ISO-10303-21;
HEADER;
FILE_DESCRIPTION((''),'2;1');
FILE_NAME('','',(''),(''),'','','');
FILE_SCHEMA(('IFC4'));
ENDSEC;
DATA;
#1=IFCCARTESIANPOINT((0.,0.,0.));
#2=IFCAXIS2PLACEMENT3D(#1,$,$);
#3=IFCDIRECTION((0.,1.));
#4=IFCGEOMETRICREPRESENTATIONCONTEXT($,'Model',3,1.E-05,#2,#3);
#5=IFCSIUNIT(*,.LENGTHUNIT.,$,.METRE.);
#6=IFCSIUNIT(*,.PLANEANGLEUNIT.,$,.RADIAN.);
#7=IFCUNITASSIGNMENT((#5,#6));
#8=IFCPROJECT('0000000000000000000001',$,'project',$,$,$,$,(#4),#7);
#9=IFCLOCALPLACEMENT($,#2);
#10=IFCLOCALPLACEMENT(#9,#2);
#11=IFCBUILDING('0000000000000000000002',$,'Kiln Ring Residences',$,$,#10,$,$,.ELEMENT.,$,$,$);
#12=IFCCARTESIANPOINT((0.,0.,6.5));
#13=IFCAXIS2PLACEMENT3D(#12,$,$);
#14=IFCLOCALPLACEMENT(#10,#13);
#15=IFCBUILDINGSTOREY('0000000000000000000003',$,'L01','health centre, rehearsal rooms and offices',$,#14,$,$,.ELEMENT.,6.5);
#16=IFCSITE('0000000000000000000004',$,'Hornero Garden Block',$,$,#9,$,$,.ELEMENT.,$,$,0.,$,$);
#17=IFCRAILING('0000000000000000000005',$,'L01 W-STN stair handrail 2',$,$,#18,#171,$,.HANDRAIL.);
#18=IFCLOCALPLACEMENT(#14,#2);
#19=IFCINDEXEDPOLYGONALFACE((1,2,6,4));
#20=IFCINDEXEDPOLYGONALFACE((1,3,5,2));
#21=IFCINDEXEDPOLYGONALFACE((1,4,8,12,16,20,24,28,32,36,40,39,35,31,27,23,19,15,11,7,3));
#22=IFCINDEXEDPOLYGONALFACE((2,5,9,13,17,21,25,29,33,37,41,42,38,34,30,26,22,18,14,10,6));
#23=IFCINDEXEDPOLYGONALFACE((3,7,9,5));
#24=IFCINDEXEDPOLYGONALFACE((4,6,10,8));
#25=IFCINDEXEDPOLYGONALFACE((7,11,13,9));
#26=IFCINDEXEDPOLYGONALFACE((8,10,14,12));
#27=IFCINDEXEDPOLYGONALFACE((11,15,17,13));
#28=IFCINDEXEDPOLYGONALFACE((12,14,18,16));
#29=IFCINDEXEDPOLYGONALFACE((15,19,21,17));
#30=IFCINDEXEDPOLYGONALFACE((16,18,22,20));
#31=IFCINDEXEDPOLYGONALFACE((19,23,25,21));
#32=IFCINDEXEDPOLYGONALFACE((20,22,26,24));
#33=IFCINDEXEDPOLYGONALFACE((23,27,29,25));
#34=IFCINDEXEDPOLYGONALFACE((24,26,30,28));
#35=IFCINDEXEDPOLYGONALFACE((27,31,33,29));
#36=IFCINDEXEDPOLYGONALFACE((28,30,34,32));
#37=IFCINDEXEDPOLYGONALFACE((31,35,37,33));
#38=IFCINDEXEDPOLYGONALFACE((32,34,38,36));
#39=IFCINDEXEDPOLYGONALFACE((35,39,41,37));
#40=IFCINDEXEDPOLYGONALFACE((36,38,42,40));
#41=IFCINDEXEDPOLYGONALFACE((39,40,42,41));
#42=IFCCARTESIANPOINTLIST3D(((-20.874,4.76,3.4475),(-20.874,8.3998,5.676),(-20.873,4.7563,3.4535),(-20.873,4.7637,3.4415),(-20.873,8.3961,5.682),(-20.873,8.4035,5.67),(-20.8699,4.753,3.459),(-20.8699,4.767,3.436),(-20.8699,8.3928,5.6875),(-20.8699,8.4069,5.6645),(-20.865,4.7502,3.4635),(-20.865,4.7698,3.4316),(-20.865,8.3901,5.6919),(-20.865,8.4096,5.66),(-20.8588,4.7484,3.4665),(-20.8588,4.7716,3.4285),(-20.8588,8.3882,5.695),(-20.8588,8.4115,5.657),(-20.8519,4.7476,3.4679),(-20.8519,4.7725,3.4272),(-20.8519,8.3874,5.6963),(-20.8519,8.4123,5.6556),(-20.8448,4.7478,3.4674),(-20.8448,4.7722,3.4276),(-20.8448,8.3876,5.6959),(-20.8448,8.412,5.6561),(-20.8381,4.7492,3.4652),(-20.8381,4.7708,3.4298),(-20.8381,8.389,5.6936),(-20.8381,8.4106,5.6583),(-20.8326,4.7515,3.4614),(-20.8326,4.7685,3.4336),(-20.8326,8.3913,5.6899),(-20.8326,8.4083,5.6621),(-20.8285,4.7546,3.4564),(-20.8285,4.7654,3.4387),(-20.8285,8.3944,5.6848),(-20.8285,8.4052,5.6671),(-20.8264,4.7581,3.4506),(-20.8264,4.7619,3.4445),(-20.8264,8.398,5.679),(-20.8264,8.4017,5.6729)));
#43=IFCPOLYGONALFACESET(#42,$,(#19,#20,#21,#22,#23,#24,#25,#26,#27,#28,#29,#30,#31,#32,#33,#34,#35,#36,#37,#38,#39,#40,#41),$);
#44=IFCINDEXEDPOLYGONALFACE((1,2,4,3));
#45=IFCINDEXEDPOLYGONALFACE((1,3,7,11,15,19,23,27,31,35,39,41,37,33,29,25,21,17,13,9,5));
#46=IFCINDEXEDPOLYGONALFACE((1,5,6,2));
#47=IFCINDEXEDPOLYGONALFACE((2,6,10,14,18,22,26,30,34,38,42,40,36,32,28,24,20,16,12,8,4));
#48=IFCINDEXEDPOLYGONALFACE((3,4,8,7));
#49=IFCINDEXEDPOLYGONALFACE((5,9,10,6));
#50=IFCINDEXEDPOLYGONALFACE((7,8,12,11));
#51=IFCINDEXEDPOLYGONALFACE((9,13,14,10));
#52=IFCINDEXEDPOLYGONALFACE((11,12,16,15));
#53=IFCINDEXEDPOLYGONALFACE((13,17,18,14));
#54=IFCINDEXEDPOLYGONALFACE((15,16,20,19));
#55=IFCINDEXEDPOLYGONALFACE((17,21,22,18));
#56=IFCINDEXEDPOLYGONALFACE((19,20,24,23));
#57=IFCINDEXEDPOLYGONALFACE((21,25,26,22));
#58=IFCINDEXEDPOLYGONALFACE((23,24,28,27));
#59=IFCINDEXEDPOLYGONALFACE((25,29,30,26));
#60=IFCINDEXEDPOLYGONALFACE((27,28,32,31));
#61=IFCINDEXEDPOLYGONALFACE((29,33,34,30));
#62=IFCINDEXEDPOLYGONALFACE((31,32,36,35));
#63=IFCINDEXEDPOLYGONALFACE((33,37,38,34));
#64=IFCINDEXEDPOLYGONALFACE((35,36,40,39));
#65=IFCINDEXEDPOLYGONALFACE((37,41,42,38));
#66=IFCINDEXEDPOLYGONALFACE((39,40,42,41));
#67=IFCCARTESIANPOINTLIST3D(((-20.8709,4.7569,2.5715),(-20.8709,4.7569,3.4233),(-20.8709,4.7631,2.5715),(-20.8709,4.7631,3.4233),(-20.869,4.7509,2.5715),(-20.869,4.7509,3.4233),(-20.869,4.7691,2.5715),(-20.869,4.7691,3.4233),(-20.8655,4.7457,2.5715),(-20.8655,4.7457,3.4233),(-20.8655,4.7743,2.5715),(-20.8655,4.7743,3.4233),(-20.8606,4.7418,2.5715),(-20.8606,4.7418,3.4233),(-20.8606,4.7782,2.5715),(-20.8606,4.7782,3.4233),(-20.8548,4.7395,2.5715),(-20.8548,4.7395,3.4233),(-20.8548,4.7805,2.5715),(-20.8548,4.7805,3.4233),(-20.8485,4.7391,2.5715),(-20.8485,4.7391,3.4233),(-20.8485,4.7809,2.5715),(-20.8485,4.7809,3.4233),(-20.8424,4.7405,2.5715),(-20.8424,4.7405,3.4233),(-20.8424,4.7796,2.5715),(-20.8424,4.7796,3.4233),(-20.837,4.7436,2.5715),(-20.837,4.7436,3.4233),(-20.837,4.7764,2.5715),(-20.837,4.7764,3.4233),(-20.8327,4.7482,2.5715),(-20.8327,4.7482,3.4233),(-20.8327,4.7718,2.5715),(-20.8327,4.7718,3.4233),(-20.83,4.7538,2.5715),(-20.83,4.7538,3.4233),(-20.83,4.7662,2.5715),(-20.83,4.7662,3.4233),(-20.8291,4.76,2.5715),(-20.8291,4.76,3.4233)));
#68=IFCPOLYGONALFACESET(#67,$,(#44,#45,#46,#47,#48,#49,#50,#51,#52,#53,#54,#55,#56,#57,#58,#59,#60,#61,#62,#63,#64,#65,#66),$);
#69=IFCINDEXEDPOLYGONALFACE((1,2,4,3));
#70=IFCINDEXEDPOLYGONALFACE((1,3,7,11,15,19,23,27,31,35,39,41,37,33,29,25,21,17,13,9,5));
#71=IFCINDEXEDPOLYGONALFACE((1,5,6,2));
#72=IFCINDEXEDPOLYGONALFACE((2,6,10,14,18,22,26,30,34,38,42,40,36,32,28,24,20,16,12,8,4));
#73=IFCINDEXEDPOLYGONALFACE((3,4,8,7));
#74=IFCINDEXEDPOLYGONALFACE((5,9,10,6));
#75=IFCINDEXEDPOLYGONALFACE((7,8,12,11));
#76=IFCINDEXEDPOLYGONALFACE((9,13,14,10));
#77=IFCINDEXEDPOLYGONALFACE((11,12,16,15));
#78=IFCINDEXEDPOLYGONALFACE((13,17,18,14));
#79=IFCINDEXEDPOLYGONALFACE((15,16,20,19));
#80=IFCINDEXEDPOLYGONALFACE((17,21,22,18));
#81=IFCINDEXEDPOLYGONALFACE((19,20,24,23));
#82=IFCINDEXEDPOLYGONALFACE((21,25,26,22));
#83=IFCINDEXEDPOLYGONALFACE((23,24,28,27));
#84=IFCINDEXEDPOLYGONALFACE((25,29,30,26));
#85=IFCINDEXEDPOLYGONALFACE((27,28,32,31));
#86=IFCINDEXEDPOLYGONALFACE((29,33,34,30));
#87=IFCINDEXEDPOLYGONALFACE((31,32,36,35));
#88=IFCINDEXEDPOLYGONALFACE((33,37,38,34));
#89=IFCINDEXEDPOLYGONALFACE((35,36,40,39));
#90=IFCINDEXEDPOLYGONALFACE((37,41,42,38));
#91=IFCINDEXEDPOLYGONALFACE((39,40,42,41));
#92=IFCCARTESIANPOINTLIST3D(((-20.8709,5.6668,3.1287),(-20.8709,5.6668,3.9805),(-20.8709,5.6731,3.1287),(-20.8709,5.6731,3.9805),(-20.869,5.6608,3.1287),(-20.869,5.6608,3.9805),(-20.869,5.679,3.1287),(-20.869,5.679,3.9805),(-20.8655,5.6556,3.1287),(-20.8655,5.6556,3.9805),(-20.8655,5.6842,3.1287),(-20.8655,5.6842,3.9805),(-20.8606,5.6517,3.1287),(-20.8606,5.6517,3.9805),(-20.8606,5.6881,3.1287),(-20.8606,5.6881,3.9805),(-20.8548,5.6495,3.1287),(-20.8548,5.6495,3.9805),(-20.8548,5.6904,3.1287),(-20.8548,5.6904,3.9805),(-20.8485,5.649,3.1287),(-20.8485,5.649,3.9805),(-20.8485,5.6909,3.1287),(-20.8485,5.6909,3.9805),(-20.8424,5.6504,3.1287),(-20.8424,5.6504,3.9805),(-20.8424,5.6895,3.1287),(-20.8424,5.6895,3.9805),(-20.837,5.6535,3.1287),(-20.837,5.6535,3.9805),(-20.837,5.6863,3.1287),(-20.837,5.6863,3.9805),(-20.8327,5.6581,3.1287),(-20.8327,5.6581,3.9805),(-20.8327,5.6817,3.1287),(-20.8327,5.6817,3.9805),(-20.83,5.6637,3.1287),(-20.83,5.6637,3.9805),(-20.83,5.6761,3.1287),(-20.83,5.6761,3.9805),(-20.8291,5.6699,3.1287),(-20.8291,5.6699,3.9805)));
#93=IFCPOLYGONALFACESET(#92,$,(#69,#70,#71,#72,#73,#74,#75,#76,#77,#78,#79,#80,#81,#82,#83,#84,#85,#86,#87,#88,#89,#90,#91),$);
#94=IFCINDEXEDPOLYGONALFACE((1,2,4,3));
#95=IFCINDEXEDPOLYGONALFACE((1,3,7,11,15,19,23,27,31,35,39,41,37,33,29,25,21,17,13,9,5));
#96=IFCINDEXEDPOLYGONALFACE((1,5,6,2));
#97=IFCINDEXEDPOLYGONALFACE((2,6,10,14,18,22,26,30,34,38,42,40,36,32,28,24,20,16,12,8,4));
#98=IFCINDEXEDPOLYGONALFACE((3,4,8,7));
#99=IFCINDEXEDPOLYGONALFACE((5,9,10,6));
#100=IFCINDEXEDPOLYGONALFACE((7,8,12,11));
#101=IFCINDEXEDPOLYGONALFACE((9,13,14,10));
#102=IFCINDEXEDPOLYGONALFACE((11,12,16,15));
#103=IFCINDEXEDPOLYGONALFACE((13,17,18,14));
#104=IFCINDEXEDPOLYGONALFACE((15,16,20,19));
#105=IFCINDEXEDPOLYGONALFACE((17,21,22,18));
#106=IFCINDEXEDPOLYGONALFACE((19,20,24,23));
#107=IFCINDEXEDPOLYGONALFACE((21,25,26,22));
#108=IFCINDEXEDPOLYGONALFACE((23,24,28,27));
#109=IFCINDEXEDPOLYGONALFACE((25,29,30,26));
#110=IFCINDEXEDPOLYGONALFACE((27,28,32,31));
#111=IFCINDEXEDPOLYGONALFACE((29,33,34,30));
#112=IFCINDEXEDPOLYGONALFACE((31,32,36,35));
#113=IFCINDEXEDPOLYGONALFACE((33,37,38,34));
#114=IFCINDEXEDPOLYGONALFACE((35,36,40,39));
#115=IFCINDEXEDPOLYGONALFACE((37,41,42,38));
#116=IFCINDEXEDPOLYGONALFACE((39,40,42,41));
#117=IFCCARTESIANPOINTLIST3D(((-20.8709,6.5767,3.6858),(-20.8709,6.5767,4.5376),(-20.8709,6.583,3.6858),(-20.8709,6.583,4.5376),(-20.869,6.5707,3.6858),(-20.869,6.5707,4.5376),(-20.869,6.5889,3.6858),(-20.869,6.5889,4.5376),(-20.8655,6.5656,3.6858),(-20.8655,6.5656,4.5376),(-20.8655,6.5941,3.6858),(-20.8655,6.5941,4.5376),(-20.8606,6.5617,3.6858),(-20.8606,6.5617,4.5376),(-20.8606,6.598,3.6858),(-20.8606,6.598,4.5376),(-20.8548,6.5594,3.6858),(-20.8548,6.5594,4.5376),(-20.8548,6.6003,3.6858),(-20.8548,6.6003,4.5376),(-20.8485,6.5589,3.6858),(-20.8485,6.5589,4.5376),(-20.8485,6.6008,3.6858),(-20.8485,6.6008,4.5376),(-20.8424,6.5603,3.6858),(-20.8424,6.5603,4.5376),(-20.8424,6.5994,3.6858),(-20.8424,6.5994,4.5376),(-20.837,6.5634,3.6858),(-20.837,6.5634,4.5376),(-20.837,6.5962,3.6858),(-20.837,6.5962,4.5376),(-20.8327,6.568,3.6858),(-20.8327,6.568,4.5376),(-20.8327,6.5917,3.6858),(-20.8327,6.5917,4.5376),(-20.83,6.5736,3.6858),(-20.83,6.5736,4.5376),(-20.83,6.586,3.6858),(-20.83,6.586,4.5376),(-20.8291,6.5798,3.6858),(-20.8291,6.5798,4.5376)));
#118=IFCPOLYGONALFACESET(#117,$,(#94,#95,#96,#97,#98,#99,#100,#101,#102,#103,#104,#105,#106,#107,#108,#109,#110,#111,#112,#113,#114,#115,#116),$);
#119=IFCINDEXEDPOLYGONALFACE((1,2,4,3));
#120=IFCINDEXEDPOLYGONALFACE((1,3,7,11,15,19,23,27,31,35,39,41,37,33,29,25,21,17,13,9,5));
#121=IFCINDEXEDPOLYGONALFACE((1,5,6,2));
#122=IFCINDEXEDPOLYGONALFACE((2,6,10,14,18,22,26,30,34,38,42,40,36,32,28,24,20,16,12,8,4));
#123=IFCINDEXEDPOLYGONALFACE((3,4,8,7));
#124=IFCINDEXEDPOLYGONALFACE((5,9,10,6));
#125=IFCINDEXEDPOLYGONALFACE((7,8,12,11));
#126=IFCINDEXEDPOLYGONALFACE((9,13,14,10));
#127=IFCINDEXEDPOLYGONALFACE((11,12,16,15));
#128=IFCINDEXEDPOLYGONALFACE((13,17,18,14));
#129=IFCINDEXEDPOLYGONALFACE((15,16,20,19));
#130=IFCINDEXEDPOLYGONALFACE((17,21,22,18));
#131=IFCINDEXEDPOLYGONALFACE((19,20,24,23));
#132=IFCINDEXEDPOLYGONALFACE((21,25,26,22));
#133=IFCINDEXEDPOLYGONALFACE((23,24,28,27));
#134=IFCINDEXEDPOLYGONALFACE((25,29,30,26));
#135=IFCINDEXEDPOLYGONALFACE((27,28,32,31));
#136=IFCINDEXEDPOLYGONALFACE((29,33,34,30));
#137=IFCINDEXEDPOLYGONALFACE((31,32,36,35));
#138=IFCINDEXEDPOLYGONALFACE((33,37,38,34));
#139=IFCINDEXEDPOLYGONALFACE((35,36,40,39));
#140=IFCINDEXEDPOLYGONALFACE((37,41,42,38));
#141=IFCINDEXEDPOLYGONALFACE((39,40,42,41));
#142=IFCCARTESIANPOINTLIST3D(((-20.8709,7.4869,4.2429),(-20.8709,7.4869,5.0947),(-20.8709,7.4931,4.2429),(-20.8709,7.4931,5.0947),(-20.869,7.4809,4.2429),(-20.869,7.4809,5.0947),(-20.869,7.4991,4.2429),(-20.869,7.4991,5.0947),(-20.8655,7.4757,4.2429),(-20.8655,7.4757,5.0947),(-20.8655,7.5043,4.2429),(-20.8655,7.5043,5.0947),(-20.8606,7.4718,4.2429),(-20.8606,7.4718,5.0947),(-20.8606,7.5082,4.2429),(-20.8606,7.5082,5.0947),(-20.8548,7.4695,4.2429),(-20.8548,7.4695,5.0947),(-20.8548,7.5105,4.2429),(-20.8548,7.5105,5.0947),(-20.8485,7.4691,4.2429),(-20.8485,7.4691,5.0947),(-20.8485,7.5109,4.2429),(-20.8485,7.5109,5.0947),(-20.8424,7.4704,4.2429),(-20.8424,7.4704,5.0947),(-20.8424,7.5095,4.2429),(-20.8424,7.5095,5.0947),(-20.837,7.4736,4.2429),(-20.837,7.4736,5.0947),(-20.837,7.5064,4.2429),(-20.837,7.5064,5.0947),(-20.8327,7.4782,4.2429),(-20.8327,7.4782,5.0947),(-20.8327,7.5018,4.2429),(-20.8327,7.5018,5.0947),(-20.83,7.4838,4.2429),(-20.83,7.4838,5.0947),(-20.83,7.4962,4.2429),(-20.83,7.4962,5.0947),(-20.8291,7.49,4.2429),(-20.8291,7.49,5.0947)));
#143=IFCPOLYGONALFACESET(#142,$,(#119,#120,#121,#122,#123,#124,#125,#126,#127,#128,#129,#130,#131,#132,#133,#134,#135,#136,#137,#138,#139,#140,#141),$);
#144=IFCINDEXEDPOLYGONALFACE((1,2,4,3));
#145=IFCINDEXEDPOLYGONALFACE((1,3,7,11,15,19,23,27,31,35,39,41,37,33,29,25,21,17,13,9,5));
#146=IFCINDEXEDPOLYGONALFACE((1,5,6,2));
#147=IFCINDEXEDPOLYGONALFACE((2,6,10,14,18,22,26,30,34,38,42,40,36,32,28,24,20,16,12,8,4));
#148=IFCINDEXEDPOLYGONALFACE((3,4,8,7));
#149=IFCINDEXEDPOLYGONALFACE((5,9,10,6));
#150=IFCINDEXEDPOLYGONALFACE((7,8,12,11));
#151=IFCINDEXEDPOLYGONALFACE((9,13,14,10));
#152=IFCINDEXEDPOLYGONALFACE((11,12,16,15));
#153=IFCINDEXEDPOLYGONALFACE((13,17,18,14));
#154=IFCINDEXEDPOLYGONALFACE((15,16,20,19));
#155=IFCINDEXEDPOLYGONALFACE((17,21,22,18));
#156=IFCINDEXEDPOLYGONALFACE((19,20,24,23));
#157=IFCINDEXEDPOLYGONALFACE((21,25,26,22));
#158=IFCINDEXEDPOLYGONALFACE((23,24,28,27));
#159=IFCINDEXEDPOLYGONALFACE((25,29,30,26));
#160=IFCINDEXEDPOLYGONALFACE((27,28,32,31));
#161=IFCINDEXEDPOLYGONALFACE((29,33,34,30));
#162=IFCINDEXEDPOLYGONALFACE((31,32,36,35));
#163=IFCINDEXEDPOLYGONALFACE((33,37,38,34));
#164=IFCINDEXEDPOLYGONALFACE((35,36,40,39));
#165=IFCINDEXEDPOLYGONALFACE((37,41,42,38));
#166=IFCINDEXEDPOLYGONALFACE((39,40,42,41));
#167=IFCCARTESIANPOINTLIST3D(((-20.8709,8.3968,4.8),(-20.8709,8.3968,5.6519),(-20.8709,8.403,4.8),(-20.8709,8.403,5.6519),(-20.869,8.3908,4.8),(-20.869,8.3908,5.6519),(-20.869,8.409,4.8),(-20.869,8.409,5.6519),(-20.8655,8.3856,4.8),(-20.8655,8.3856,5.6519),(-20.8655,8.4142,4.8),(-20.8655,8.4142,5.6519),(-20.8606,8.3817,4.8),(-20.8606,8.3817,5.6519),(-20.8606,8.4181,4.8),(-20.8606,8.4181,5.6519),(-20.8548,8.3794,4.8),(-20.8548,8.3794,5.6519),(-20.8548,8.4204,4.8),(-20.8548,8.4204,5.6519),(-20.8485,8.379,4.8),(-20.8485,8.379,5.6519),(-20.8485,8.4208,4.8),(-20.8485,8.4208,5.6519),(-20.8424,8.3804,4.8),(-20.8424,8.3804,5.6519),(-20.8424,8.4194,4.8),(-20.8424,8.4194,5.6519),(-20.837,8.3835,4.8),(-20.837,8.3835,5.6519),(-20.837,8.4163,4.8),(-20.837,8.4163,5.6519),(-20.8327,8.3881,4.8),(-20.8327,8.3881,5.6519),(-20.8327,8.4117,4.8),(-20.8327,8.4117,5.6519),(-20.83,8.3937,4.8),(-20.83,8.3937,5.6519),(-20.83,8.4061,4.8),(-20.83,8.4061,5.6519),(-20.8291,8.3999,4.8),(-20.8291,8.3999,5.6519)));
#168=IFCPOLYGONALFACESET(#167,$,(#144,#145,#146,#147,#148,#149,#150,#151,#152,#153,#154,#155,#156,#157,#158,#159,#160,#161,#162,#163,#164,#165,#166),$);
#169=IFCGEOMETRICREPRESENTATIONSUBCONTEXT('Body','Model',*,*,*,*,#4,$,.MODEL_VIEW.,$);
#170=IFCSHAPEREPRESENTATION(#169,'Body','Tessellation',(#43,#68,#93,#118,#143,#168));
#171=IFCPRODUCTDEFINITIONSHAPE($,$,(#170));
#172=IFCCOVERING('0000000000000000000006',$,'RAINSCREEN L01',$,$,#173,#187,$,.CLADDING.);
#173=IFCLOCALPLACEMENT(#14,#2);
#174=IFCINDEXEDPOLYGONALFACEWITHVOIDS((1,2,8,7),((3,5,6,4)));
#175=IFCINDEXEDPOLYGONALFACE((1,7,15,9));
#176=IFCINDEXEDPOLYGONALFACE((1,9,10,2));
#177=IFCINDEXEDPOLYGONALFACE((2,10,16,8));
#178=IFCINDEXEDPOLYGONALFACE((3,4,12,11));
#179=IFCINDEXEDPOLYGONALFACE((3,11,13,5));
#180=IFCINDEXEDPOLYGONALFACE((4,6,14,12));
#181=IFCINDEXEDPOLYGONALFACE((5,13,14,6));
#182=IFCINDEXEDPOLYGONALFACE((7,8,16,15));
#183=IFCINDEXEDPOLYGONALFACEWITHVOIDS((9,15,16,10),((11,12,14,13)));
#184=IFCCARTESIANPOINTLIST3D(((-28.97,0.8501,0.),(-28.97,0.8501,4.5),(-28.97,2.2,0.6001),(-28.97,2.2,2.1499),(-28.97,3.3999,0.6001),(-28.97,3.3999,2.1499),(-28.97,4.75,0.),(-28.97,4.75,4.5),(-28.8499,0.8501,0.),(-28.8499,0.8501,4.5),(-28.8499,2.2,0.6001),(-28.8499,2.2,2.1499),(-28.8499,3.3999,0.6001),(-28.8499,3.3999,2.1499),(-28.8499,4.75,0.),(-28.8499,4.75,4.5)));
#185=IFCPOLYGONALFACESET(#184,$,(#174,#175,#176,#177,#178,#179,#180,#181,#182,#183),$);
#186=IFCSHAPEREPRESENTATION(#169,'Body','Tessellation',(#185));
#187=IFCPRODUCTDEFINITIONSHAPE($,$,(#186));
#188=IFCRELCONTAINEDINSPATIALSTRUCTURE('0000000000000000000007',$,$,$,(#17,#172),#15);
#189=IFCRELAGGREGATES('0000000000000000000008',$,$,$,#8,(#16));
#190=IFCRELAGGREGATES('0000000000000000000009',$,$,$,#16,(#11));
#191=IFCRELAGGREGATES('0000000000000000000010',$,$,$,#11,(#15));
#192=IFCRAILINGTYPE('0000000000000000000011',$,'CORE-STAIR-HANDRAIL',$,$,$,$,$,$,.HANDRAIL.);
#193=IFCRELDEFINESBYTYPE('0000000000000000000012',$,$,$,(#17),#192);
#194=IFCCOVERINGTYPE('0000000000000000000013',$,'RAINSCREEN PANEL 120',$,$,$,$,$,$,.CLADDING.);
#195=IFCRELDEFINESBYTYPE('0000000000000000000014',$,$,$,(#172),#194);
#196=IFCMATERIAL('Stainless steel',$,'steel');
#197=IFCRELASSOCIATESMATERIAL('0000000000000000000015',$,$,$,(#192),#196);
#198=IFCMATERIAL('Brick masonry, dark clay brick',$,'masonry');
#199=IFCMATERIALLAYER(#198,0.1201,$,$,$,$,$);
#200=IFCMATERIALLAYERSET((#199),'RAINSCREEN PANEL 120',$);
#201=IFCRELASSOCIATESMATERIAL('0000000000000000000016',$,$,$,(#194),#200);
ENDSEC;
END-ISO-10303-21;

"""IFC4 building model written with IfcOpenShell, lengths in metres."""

from ifc_helpers import new_model, si_unit, direction, frame, origin, origin_2d, place, context, subcontext, project, spatial, polyline, circle, outline, extrude, material, layer, layer_set, type_object, element, save


model = new_model("IFC4")

# Units and contexts
model_context = context("Model", 3, precision=1e-05, world=origin(), true_north=direction((0.0, 1.0)))
body_context = subcontext(model_context, "Body", "Model", "MODEL_VIEW")
ifc_project = project(units=[si_unit("LENGTHUNIT", "METRE"), si_unit("PLANEANGLEUNIT", "RADIAN")], contexts=[model_context])

# Site, building, storey
site_placement = place(None, origin())
site = spatial("IfcSite", under=ifc_project, at=site_placement, Name="Hornero Garden Block", CompositionType="ELEMENT", RefElevation=0.0)
building_placement = place(site_placement, origin())
building = spatial("IfcBuilding", under=site, at=building_placement, Name="Kiln Ring Residences", CompositionType="ELEMENT")
storey_placement = place(building_placement, frame((0.0, 0.0, 6.5)))
storey = spatial("IfcBuildingStorey", under=building, at=storey_placement, Name="L01", Description="health centre, rehearsal rooms and offices", CompositionType="ELEMENT", Elevation=6.5)

# Railing
ifc_material_1 = material(Name="Stainless steel", Category="steel")
railing_type_1 = type_object("IfcRailingType", Name="CORE-STAIR-HANDRAIL", PredefinedType="HANDRAIL", material=ifc_material_1)
railing_1_placement = place(storey_placement, frame((-20.8501, 4.76, 2.5715)))
element("IfcRailing", 1, at=railing_1_placement, inside=storey, type_object=railing_type_1, Name="L01 W-STN stair handrail 2", PredefinedType="HANDRAIL", context=body_context, shape_type="SweptSolid", body=[
    extrude(circle(Radius=0.0239, at=origin_2d()), frame((0.0, 0.0, 0.876), z_axis=(0.0, 0.85285, 0.522156), x_axis=(-1.0, 0.0, 0.0)), (0.0, 0.0, 1.0), 4.2678),
    extrude(circle(Radius=0.021, at=origin_2d()), origin(), (0.0, 0.0, 1.0), 0.8518),
    extrude(circle(Radius=0.021, at=origin_2d()), frame((0.0, 0.9099, 0.5571)), (0.0, 0.0, 1.0), 0.8518),
    extrude(circle(Radius=0.021, at=origin_2d()), frame((0.0, 1.8198, 1.1143)), (0.0, 0.0, 1.0), 0.8518),
    extrude(circle(Radius=0.021, at=origin_2d()), frame((0.0, 2.73, 1.6714)), (0.0, 0.0, 1.0), 0.8518),
    extrude(circle(Radius=0.021, at=origin_2d()), frame((0.0, 3.6399, 2.2285)), (0.0, 0.0, 1.0), 0.8518),
])

# Covering
ifc_material_2 = material(Name="Brick masonry, dark clay brick", Category="masonry")
ifc_layer_1 = layer(ifc_material_2, 0.1201)
ifc_layer_set_1 = layer_set([ifc_layer_1], Name="RAINSCREEN PANEL 120")
covering_type = type_object("IfcCoveringType", Name="RAINSCREEN PANEL 120", PredefinedType="CLADDING", material=ifc_layer_set_1)
covering_placement = place(storey_placement, frame((-28.9099, 4.75, 0.0), z_axis=(0.0, 0.0, 1.0), x_axis=(0.0, -1.0, 0.0)))
element("IfcCovering", 2, at=covering_placement, inside=storey, type_object=covering_type, Name="RAINSCREEN L01", PredefinedType="CLADDING", context=body_context, shape_type="SweptSolid", body=[
    extrude(outline(polyline([(0.0, 0.0), (3.8999, 0.0), (3.8999, 4.5), (0.0, 4.5), (0.0, 0.0)]), holes=[polyline([(1.3501, 2.1499), (1.3501, 0.6001), (2.55, 0.6001), (2.55, 2.1499), (1.3501, 2.1499)])]), frame((0.0, 0.0601, 0.0), z_axis=(0.0, -1.0, 0.0), x_axis=(1.0, 0.0, 0.0)), (0.0, 0.0, 1.0), 0.1201),
])

save(model, "model.ifc")
